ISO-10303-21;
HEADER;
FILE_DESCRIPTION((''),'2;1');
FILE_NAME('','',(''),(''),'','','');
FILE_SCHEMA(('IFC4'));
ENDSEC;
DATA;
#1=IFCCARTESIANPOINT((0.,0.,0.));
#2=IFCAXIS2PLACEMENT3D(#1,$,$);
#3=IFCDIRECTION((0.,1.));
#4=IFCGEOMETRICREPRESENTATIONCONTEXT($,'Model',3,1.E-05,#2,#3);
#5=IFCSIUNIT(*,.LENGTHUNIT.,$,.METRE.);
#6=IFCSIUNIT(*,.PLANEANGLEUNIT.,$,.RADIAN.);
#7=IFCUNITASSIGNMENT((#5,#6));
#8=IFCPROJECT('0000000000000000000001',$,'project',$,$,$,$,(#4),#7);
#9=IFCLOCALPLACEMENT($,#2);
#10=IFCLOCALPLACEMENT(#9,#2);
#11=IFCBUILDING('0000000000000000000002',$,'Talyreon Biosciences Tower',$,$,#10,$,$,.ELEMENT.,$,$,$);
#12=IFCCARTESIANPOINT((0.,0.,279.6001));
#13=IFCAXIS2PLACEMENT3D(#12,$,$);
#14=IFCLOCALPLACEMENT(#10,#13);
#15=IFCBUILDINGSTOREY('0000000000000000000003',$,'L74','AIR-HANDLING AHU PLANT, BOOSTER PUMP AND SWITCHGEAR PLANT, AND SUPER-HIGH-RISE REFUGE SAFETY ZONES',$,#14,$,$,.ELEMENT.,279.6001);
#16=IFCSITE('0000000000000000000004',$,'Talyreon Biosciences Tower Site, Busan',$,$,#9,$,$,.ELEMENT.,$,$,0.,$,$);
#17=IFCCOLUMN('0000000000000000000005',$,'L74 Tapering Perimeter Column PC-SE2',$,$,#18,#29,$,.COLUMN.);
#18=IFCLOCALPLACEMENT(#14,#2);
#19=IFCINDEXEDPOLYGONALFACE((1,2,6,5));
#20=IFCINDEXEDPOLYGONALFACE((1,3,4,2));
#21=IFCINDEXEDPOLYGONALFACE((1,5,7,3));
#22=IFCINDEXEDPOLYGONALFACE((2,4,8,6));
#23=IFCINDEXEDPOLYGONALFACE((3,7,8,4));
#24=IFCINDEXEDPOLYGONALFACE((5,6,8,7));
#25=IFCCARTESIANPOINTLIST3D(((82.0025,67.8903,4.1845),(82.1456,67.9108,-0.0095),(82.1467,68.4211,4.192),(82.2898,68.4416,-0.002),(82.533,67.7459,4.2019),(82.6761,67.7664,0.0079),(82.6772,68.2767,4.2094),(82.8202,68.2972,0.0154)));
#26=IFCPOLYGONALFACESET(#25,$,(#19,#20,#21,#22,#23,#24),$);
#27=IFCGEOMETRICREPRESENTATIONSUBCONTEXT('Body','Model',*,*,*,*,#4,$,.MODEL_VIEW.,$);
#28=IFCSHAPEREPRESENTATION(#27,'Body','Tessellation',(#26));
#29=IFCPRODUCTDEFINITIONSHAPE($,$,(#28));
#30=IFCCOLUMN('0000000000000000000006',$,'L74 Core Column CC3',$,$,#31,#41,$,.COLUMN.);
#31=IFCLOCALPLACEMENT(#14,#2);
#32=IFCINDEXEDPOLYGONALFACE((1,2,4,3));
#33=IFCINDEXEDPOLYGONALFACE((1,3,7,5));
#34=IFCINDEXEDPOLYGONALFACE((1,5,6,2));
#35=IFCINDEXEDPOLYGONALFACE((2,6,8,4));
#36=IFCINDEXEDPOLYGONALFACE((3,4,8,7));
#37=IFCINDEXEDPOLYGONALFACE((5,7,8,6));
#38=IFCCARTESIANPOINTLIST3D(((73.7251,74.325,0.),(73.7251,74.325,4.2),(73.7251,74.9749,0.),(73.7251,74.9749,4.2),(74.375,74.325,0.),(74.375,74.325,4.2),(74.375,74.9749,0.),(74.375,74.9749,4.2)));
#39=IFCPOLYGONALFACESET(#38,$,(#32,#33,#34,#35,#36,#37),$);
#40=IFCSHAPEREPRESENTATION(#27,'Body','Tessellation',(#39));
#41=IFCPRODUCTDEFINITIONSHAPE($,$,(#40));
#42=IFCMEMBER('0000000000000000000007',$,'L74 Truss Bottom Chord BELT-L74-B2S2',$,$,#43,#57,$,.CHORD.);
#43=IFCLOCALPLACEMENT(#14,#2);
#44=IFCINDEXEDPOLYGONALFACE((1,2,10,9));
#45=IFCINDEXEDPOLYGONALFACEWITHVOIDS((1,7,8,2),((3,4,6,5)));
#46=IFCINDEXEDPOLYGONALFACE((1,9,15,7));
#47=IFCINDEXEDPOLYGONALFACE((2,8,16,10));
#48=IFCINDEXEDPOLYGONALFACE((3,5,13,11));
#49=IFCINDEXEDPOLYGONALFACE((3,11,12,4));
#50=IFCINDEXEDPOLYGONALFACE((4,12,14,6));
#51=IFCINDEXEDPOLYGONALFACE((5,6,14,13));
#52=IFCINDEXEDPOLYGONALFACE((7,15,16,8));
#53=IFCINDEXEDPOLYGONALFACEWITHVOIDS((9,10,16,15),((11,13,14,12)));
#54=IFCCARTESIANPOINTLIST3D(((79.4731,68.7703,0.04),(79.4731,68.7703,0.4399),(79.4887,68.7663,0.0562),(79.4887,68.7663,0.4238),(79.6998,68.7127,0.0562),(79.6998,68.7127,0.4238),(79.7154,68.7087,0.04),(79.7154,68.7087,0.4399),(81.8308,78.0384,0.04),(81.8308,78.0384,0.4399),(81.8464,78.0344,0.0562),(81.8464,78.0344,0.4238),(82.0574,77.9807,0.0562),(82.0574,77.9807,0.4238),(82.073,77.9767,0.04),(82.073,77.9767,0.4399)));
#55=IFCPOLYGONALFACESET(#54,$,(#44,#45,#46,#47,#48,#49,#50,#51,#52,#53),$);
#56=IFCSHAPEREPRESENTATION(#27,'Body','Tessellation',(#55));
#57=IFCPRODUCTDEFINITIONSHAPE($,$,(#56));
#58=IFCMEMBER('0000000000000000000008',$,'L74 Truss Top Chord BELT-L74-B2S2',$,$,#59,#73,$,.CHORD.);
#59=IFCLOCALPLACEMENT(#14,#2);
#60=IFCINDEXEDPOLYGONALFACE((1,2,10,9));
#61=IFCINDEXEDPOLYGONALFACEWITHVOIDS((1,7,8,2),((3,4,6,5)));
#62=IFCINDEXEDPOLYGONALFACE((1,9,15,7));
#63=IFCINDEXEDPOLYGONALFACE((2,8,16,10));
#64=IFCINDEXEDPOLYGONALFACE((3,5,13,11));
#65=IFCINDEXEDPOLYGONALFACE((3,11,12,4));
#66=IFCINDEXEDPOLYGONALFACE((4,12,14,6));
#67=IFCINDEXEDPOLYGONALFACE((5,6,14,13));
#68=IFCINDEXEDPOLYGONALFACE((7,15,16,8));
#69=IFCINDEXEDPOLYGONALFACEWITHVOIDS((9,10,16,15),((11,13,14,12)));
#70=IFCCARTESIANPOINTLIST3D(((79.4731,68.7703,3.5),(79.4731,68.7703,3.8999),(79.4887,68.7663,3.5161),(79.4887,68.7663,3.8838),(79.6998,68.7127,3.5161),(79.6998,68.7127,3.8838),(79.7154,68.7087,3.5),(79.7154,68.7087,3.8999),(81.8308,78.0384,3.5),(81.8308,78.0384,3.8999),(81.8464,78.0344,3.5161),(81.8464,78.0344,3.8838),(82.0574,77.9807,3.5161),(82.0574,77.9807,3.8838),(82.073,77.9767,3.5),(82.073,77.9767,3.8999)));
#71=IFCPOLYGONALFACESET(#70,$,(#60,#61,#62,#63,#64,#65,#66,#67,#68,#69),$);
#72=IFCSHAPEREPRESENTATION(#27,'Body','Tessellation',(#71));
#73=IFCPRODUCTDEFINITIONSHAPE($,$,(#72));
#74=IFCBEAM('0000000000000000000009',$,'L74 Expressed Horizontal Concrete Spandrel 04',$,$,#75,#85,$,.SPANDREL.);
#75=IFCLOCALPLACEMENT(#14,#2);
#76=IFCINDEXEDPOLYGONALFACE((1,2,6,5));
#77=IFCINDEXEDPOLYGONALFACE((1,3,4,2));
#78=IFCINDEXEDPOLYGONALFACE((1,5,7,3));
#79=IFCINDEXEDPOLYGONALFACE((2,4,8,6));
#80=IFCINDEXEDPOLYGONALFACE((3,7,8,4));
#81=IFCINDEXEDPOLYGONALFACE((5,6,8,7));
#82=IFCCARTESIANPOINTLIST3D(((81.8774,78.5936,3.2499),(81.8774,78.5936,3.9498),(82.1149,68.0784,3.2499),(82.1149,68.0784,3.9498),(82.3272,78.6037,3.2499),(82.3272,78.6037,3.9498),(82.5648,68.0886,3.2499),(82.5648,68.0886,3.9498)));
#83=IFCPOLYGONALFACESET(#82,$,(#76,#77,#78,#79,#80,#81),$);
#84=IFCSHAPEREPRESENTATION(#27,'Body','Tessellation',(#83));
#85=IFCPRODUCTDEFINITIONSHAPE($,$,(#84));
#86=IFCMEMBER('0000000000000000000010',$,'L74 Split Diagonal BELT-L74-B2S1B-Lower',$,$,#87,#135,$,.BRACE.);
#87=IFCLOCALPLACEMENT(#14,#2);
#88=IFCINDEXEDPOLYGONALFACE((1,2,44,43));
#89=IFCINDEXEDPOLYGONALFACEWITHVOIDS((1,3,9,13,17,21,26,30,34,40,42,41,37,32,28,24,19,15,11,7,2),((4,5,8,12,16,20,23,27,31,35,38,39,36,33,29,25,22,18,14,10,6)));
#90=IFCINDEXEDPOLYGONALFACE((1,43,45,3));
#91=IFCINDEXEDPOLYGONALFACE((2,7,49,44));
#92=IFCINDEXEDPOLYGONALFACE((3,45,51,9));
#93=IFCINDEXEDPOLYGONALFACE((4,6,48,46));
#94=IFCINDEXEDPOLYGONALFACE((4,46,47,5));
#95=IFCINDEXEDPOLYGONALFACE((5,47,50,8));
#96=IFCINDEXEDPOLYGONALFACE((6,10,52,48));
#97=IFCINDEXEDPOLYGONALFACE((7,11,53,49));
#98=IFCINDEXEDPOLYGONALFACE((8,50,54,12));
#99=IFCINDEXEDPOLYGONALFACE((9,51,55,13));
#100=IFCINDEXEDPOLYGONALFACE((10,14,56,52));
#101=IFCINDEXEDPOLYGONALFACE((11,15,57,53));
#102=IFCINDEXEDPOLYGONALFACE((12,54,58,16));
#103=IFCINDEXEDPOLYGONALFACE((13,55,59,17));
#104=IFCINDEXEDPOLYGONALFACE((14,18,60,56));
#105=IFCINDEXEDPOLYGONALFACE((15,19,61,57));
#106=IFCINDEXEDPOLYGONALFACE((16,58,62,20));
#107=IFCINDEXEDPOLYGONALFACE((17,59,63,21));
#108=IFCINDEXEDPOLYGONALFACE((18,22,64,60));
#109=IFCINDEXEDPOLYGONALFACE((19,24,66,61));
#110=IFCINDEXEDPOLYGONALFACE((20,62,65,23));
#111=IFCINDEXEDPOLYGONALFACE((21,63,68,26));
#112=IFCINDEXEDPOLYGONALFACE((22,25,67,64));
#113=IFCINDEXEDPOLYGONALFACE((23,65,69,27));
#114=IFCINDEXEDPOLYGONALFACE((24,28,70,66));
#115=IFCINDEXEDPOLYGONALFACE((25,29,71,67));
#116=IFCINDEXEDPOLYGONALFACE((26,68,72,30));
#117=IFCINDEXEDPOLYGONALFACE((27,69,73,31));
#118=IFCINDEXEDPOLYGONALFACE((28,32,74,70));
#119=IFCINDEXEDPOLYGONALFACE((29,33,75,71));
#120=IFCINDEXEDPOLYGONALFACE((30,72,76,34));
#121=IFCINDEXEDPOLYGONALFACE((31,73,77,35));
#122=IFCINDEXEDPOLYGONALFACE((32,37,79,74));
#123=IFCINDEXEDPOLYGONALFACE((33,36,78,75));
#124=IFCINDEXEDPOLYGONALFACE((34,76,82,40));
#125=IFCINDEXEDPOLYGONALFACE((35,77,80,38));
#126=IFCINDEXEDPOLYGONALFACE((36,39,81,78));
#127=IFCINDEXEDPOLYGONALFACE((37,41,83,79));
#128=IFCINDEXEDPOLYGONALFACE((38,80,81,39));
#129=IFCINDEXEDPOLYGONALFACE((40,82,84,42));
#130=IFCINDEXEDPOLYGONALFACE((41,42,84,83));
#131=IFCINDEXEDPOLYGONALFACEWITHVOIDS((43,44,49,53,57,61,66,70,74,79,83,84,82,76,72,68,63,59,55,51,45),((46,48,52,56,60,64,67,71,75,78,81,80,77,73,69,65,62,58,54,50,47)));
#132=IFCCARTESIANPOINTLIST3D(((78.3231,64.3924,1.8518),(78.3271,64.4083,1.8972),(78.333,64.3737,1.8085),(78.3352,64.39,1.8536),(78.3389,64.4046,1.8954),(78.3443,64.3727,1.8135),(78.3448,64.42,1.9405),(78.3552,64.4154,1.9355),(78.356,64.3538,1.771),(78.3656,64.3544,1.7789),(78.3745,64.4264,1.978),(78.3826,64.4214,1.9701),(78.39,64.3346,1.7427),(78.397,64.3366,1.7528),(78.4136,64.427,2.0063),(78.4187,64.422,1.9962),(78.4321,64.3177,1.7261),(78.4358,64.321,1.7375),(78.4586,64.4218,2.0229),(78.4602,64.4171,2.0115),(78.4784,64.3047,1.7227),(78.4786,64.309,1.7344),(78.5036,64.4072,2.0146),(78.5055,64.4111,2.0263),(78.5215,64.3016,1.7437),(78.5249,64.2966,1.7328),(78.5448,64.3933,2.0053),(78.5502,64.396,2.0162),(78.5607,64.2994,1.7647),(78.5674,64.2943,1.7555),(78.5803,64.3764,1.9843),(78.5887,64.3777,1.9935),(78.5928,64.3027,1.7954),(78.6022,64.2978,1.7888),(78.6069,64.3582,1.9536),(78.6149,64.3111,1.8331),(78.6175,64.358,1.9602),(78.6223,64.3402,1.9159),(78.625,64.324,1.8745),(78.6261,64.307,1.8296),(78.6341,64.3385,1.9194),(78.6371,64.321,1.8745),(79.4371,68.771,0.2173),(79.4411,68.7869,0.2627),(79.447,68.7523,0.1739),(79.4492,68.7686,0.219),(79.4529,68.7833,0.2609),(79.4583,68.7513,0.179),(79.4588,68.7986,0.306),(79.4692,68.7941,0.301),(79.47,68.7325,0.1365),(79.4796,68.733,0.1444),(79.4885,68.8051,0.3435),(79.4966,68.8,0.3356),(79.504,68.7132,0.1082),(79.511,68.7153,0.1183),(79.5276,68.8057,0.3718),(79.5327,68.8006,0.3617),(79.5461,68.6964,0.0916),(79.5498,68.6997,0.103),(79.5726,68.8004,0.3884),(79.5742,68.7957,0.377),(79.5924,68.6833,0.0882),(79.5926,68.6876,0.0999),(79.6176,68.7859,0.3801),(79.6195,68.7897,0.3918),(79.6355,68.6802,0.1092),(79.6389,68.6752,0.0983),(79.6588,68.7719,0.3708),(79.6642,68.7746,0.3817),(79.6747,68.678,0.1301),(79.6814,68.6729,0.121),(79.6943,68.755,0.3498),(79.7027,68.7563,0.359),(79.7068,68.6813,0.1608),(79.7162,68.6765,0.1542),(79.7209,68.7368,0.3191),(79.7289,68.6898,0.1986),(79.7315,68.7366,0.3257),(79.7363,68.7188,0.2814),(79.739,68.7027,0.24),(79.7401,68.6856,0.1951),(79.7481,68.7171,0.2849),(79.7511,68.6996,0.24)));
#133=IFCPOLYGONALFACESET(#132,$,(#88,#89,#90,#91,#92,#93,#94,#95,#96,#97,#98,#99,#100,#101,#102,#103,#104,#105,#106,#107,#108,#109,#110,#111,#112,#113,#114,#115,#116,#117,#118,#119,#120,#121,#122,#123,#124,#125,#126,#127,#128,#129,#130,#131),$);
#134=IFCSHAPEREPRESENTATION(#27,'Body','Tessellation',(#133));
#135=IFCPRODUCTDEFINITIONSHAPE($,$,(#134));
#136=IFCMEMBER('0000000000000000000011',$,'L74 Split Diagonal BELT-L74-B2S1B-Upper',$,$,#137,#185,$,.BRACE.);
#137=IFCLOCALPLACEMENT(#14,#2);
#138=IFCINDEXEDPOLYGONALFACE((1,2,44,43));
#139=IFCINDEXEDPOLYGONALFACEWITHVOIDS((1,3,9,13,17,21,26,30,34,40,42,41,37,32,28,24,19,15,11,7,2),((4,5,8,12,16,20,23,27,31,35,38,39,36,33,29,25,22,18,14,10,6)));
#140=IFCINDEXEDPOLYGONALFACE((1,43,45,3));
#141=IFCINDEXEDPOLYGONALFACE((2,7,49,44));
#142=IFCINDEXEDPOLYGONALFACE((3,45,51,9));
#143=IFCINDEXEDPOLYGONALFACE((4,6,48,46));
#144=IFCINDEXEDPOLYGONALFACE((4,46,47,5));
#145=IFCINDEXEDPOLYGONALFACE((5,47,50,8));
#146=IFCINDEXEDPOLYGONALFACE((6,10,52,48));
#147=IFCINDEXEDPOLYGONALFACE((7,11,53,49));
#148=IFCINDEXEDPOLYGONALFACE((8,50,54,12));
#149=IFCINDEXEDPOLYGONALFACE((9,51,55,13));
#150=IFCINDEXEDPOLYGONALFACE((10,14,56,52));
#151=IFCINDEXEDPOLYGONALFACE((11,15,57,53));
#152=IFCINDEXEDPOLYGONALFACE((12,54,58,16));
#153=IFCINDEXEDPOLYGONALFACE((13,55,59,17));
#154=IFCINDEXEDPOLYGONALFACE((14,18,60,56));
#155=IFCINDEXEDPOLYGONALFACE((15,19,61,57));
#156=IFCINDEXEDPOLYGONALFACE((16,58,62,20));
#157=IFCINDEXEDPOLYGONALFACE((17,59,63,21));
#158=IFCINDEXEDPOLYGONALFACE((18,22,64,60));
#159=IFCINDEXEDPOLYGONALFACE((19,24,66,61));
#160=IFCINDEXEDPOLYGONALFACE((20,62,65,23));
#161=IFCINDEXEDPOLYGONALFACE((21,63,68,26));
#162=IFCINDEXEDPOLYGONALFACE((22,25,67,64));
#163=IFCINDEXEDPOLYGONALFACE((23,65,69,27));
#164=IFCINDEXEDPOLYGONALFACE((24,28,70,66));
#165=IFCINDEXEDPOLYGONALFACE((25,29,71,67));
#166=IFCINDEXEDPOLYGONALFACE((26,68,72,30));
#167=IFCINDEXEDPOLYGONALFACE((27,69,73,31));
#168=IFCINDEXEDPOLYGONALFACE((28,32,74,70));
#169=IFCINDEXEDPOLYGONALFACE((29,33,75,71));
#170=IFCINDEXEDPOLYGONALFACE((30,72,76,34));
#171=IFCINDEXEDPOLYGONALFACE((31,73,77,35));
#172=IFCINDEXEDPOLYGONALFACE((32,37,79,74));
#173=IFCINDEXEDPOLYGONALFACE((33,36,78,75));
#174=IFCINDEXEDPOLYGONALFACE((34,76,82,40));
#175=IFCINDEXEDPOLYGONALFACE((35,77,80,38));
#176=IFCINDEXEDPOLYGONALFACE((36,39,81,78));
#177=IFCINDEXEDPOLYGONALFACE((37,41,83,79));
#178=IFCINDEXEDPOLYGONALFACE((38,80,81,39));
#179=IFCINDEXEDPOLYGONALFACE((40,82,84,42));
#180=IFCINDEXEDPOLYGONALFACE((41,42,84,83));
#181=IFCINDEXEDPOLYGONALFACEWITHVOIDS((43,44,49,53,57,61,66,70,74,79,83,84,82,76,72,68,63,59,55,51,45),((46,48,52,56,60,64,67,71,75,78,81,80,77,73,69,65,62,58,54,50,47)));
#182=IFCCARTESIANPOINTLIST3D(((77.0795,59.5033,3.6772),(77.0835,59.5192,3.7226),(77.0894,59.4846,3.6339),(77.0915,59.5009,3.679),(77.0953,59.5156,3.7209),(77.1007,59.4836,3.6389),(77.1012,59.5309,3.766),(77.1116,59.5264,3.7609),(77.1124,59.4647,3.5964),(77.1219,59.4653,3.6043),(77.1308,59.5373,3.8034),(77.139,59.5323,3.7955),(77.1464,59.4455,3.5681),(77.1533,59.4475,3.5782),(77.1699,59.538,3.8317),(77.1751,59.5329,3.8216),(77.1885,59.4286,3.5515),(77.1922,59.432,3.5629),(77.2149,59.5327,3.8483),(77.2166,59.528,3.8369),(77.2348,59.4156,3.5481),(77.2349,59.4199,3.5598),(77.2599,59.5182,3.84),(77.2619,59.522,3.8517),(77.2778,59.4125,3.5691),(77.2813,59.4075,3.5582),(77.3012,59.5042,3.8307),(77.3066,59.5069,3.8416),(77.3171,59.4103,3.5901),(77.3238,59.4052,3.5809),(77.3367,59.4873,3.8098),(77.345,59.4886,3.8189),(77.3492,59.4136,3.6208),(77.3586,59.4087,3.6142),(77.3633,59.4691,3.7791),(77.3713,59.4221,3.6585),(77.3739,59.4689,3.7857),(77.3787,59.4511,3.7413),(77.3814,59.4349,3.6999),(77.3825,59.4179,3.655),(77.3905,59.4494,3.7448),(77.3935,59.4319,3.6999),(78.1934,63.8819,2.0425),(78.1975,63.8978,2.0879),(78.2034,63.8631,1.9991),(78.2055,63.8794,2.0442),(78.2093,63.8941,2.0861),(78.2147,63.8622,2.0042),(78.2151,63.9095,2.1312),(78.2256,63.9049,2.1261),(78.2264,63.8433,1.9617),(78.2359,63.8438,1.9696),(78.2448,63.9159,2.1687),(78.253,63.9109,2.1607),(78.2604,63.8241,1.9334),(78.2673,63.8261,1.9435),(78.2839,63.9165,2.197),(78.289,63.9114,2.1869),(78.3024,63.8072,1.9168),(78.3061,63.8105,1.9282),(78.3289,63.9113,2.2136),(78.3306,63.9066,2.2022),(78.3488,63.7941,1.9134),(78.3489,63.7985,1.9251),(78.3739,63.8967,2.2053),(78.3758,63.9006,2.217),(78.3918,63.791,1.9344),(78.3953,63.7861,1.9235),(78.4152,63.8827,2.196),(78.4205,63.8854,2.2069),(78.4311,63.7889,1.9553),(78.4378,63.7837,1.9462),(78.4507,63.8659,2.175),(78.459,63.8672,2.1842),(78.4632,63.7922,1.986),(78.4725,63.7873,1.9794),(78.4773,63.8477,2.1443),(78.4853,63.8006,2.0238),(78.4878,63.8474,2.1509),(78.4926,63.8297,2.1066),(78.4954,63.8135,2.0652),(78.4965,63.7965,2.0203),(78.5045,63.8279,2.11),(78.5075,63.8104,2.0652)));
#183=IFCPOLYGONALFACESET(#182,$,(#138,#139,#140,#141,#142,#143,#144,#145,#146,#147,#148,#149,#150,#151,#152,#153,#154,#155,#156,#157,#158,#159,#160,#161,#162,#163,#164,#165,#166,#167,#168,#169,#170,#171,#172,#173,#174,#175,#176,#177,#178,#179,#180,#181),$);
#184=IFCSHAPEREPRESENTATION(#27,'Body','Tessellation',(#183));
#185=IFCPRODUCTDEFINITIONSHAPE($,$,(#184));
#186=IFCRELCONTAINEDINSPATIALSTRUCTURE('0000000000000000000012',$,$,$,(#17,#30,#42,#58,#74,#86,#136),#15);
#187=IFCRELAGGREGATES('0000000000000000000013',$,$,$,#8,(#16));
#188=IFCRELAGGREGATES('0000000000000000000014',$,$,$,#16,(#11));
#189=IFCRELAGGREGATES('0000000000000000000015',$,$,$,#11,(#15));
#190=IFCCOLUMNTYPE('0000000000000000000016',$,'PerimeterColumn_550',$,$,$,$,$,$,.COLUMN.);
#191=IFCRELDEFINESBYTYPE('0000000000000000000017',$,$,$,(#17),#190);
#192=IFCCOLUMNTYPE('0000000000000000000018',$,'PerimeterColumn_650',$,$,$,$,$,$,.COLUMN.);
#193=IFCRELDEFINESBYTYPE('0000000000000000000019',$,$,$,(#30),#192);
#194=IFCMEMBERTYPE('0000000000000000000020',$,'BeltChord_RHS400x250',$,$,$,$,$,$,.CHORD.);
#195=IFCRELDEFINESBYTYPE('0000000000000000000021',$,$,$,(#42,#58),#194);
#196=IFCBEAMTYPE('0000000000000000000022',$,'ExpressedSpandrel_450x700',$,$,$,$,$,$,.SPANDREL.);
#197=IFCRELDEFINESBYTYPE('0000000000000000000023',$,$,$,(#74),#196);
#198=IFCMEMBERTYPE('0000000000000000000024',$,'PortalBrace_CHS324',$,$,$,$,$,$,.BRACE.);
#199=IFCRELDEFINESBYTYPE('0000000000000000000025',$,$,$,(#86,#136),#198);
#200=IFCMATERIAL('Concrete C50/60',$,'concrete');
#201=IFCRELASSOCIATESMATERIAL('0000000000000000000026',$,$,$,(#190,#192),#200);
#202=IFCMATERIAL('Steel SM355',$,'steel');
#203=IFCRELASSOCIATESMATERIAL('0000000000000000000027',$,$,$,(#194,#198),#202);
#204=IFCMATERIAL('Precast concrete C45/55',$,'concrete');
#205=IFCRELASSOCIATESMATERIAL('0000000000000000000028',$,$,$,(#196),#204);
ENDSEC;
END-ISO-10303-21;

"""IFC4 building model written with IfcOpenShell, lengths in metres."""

from ifc_helpers import new_model, si_unit, direction, frame, origin, origin_2d, place, context, subcontext, project, spatial, rectangle, hollow_rectangle, hollow_circle, extrude, material, material_profile, profile_set, type_object, element, save


model = new_model("IFC4")

# Units and contexts
model_context = context("Model", 3, precision=1e-05, world=origin(), true_north=direction((0.0, 1.0)))
body_context = subcontext(model_context, "Body", "Model", "MODEL_VIEW")
ifc_project = project(units=[si_unit("LENGTHUNIT", "METRE"), si_unit("PLANEANGLEUNIT", "RADIAN")], contexts=[model_context])

# Site, building, storey
site_placement = place(None, origin())
site = spatial("IfcSite", under=ifc_project, at=site_placement, Name="Talyreon Biosciences Tower Site, Busan", CompositionType="ELEMENT", RefElevation=0.0)
building_placement = place(site_placement, origin())
building = spatial("IfcBuilding", under=site, at=building_placement, Name="Talyreon Biosciences Tower", CompositionType="ELEMENT")
storey_placement = place(building_placement, frame((0.0, 0.0, 279.6001)))
storey = spatial("IfcBuildingStorey", under=building, at=storey_placement, Name="L74", Description="AIR-HANDLING AHU PLANT, BOOSTER PUMP AND SWITCHGEAR PLANT, AND SUPER-HIGH-RISE REFUGE SAFETY ZONES", CompositionType="ELEMENT", Elevation=279.6001)

# Columns
ifc_material_1 = material(Name="Concrete C50/60", Category="concrete")
ifc_material_profile_1 = material_profile(ifc_material_1, rectangle(XDim=0.55, YDim=0.55, at=origin_2d()), Name="RC 550x550")
ifc_profile_set_1 = profile_set([ifc_material_profile_1], Name="Concrete C50/60")
column_type_1 = type_object("IfcColumnType", Name="PerimeterColumn_550", PredefinedType="COLUMN", material=ifc_profile_set_1)
column_1_placement = place(storey_placement, frame((82.4829, 68.104, 0.0029), z_axis=(-0.034091, -0.004887, 0.999407), x_axis=(0.964425, -0.262461, 0.031615)))
element("IfcColumn", 1, at=column_1_placement, inside=storey, type_object=column_type_1, Name="L74 Tapering Perimeter Column PC-SE2", PredefinedType="COLUMN", context=body_context, shape_type="SweptSolid", body=[
    extrude(rectangle(XDim=0.55, YDim=0.55, at=origin_2d()), origin(), (0.0, 0.0, 1.0), 4.1965),
])
ifc_material_profile_2 = material_profile(ifc_material_1, rectangle(XDim=0.6499, YDim=0.6499, at=origin_2d()), Name="RC 650x650")
ifc_profile_set_2 = profile_set([ifc_material_profile_2], Name="Concrete C50/60")
column_type_2 = type_object("IfcColumnType", Name="PerimeterColumn_650", PredefinedType="COLUMN", material=ifc_profile_set_2)
column_2_placement = place(storey_placement, frame((74.05, 74.6499, 0.0), z_axis=(0.0, 0.0, 1.0), x_axis=(1.0, 0.0, 0.0)))
element("IfcColumn", 2, at=column_2_placement, inside=storey, type_object=column_type_2, Name="L74 Core Column CC3", PredefinedType="COLUMN", context=body_context, shape_type="SweptSolid", body=[
    extrude(rectangle(XDim=0.6499, YDim=0.6499, at=origin_2d()), origin(), (0.0, 0.0, 1.0), 4.2),
])

# Members
ifc_material_2 = material(Name="Steel SM355", Category="steel")
ifc_material_profile_3 = material_profile(ifc_material_2, hollow_rectangle(XDim=0.25, YDim=0.3999, WallThickness=0.0161, at=origin_2d()), Name="RHS 400x250x16")
ifc_profile_set_3 = profile_set([ifc_material_profile_3], Name="Steel SM355")
member_type_1 = type_object("IfcMemberType", Name="BeltChord_RHS400x250", PredefinedType="CHORD", material=ifc_profile_set_3)
for number, where, z_axis, x_axis, name in (
    (3, (79.5942, 68.7395, 0.24), (0.246534, 0.969134, 0.0), (-0.969134, 0.246534, 0.0), "L74 Truss Bottom Chord BELT-L74-B2S2"),
    (4, (79.5942, 68.7395, 3.7), (0.246534, 0.969134, 0.0), (-0.969134, 0.246534, 0.0), "L74 Truss Top Chord BELT-L74-B2S2"),
):
    element("IfcMember", number, at=place(storey_placement, frame(where, z_axis=z_axis, x_axis=x_axis)), inside=storey, type_object=member_type_1, Name=name, PredefinedType="CHORD", context=body_context, shape_type="SweptSolid", body=[
        extrude(hollow_rectangle(XDim=0.25, YDim=0.3999, WallThickness=0.0161, at=origin_2d()), origin(), (0.0, 0.0, 1.0), 9.5632),
    ])

# Beam
ifc_material_3 = material(Name="Precast concrete C45/55", Category="concrete")
ifc_material_profile_4 = material_profile(ifc_material_3, rectangle(XDim=0.45, YDim=0.7, at=origin_2d()), Name="RCB 450x700")
ifc_profile_set_4 = profile_set([ifc_material_profile_4], Name="Precast concrete C45/55")
beam_type_1 = type_object("IfcBeamType", Name="ExpressedSpandrel_450x700", PredefinedType="SPANDREL", material=ifc_profile_set_4)
beam_1_placement = place(storey_placement, frame((82.3398, 68.0835, 3.5999), z_axis=(-0.022585, 0.999745, 0.0), x_axis=(-0.999745, -0.022585, 0.0)))
element("IfcBeam", 5, at=beam_1_placement, inside=storey, type_object=beam_type_1, Name="L74 Expressed Horizontal Concrete Spandrel 04", PredefinedType="SPANDREL", context=body_context, shape_type="SweptSolid", body=[
    extrude(rectangle(XDim=0.45, YDim=0.7, at=origin_2d()), origin(), (0.0, 0.0, 1.0), 10.5178),
])

# Members
ifc_material_profile_5 = material_profile(ifc_material_2, hollow_circle(Radius=0.1619, WallThickness=0.0125, at=origin_2d()), Name="CHS 323.9x12.5")
ifc_profile_set_5 = profile_set([ifc_material_profile_5], Name="Steel SM355")
member_type_2 = type_object("IfcMemberType", Name="PortalBrace_CHS324", PredefinedType="BRACE", material=ifc_profile_set_5)
for number, where, z_axis, x_axis, name in (
    (6, (79.5942, 68.7395, 0.24), (-0.231858, -0.911324, 0.340191), (0.969127, -0.246564, 0.0), "L74 Split Diagonal BELT-L74-B2S1B-Lower"),
    (7, (78.3506, 63.8503, 2.0652), (-0.231854, -0.911309, 0.340235), (0.969127, -0.246564, 0.0), "L74 Split Diagonal BELT-L74-B2S1B-Upper"),
):
    element("IfcMember", number, at=place(storey_placement, frame(where, z_axis=z_axis, x_axis=x_axis)), inside=storey, type_object=member_type_2, Name=name, PredefinedType="BRACE", context=body_context, shape_type="SweptSolid", body=[
        extrude(hollow_circle(Radius=0.1619, WallThickness=0.0125, at=origin_2d()), origin(), (0.0, 0.0, 1.0), 4.8047),
    ])

save(model, "model.ifc")
